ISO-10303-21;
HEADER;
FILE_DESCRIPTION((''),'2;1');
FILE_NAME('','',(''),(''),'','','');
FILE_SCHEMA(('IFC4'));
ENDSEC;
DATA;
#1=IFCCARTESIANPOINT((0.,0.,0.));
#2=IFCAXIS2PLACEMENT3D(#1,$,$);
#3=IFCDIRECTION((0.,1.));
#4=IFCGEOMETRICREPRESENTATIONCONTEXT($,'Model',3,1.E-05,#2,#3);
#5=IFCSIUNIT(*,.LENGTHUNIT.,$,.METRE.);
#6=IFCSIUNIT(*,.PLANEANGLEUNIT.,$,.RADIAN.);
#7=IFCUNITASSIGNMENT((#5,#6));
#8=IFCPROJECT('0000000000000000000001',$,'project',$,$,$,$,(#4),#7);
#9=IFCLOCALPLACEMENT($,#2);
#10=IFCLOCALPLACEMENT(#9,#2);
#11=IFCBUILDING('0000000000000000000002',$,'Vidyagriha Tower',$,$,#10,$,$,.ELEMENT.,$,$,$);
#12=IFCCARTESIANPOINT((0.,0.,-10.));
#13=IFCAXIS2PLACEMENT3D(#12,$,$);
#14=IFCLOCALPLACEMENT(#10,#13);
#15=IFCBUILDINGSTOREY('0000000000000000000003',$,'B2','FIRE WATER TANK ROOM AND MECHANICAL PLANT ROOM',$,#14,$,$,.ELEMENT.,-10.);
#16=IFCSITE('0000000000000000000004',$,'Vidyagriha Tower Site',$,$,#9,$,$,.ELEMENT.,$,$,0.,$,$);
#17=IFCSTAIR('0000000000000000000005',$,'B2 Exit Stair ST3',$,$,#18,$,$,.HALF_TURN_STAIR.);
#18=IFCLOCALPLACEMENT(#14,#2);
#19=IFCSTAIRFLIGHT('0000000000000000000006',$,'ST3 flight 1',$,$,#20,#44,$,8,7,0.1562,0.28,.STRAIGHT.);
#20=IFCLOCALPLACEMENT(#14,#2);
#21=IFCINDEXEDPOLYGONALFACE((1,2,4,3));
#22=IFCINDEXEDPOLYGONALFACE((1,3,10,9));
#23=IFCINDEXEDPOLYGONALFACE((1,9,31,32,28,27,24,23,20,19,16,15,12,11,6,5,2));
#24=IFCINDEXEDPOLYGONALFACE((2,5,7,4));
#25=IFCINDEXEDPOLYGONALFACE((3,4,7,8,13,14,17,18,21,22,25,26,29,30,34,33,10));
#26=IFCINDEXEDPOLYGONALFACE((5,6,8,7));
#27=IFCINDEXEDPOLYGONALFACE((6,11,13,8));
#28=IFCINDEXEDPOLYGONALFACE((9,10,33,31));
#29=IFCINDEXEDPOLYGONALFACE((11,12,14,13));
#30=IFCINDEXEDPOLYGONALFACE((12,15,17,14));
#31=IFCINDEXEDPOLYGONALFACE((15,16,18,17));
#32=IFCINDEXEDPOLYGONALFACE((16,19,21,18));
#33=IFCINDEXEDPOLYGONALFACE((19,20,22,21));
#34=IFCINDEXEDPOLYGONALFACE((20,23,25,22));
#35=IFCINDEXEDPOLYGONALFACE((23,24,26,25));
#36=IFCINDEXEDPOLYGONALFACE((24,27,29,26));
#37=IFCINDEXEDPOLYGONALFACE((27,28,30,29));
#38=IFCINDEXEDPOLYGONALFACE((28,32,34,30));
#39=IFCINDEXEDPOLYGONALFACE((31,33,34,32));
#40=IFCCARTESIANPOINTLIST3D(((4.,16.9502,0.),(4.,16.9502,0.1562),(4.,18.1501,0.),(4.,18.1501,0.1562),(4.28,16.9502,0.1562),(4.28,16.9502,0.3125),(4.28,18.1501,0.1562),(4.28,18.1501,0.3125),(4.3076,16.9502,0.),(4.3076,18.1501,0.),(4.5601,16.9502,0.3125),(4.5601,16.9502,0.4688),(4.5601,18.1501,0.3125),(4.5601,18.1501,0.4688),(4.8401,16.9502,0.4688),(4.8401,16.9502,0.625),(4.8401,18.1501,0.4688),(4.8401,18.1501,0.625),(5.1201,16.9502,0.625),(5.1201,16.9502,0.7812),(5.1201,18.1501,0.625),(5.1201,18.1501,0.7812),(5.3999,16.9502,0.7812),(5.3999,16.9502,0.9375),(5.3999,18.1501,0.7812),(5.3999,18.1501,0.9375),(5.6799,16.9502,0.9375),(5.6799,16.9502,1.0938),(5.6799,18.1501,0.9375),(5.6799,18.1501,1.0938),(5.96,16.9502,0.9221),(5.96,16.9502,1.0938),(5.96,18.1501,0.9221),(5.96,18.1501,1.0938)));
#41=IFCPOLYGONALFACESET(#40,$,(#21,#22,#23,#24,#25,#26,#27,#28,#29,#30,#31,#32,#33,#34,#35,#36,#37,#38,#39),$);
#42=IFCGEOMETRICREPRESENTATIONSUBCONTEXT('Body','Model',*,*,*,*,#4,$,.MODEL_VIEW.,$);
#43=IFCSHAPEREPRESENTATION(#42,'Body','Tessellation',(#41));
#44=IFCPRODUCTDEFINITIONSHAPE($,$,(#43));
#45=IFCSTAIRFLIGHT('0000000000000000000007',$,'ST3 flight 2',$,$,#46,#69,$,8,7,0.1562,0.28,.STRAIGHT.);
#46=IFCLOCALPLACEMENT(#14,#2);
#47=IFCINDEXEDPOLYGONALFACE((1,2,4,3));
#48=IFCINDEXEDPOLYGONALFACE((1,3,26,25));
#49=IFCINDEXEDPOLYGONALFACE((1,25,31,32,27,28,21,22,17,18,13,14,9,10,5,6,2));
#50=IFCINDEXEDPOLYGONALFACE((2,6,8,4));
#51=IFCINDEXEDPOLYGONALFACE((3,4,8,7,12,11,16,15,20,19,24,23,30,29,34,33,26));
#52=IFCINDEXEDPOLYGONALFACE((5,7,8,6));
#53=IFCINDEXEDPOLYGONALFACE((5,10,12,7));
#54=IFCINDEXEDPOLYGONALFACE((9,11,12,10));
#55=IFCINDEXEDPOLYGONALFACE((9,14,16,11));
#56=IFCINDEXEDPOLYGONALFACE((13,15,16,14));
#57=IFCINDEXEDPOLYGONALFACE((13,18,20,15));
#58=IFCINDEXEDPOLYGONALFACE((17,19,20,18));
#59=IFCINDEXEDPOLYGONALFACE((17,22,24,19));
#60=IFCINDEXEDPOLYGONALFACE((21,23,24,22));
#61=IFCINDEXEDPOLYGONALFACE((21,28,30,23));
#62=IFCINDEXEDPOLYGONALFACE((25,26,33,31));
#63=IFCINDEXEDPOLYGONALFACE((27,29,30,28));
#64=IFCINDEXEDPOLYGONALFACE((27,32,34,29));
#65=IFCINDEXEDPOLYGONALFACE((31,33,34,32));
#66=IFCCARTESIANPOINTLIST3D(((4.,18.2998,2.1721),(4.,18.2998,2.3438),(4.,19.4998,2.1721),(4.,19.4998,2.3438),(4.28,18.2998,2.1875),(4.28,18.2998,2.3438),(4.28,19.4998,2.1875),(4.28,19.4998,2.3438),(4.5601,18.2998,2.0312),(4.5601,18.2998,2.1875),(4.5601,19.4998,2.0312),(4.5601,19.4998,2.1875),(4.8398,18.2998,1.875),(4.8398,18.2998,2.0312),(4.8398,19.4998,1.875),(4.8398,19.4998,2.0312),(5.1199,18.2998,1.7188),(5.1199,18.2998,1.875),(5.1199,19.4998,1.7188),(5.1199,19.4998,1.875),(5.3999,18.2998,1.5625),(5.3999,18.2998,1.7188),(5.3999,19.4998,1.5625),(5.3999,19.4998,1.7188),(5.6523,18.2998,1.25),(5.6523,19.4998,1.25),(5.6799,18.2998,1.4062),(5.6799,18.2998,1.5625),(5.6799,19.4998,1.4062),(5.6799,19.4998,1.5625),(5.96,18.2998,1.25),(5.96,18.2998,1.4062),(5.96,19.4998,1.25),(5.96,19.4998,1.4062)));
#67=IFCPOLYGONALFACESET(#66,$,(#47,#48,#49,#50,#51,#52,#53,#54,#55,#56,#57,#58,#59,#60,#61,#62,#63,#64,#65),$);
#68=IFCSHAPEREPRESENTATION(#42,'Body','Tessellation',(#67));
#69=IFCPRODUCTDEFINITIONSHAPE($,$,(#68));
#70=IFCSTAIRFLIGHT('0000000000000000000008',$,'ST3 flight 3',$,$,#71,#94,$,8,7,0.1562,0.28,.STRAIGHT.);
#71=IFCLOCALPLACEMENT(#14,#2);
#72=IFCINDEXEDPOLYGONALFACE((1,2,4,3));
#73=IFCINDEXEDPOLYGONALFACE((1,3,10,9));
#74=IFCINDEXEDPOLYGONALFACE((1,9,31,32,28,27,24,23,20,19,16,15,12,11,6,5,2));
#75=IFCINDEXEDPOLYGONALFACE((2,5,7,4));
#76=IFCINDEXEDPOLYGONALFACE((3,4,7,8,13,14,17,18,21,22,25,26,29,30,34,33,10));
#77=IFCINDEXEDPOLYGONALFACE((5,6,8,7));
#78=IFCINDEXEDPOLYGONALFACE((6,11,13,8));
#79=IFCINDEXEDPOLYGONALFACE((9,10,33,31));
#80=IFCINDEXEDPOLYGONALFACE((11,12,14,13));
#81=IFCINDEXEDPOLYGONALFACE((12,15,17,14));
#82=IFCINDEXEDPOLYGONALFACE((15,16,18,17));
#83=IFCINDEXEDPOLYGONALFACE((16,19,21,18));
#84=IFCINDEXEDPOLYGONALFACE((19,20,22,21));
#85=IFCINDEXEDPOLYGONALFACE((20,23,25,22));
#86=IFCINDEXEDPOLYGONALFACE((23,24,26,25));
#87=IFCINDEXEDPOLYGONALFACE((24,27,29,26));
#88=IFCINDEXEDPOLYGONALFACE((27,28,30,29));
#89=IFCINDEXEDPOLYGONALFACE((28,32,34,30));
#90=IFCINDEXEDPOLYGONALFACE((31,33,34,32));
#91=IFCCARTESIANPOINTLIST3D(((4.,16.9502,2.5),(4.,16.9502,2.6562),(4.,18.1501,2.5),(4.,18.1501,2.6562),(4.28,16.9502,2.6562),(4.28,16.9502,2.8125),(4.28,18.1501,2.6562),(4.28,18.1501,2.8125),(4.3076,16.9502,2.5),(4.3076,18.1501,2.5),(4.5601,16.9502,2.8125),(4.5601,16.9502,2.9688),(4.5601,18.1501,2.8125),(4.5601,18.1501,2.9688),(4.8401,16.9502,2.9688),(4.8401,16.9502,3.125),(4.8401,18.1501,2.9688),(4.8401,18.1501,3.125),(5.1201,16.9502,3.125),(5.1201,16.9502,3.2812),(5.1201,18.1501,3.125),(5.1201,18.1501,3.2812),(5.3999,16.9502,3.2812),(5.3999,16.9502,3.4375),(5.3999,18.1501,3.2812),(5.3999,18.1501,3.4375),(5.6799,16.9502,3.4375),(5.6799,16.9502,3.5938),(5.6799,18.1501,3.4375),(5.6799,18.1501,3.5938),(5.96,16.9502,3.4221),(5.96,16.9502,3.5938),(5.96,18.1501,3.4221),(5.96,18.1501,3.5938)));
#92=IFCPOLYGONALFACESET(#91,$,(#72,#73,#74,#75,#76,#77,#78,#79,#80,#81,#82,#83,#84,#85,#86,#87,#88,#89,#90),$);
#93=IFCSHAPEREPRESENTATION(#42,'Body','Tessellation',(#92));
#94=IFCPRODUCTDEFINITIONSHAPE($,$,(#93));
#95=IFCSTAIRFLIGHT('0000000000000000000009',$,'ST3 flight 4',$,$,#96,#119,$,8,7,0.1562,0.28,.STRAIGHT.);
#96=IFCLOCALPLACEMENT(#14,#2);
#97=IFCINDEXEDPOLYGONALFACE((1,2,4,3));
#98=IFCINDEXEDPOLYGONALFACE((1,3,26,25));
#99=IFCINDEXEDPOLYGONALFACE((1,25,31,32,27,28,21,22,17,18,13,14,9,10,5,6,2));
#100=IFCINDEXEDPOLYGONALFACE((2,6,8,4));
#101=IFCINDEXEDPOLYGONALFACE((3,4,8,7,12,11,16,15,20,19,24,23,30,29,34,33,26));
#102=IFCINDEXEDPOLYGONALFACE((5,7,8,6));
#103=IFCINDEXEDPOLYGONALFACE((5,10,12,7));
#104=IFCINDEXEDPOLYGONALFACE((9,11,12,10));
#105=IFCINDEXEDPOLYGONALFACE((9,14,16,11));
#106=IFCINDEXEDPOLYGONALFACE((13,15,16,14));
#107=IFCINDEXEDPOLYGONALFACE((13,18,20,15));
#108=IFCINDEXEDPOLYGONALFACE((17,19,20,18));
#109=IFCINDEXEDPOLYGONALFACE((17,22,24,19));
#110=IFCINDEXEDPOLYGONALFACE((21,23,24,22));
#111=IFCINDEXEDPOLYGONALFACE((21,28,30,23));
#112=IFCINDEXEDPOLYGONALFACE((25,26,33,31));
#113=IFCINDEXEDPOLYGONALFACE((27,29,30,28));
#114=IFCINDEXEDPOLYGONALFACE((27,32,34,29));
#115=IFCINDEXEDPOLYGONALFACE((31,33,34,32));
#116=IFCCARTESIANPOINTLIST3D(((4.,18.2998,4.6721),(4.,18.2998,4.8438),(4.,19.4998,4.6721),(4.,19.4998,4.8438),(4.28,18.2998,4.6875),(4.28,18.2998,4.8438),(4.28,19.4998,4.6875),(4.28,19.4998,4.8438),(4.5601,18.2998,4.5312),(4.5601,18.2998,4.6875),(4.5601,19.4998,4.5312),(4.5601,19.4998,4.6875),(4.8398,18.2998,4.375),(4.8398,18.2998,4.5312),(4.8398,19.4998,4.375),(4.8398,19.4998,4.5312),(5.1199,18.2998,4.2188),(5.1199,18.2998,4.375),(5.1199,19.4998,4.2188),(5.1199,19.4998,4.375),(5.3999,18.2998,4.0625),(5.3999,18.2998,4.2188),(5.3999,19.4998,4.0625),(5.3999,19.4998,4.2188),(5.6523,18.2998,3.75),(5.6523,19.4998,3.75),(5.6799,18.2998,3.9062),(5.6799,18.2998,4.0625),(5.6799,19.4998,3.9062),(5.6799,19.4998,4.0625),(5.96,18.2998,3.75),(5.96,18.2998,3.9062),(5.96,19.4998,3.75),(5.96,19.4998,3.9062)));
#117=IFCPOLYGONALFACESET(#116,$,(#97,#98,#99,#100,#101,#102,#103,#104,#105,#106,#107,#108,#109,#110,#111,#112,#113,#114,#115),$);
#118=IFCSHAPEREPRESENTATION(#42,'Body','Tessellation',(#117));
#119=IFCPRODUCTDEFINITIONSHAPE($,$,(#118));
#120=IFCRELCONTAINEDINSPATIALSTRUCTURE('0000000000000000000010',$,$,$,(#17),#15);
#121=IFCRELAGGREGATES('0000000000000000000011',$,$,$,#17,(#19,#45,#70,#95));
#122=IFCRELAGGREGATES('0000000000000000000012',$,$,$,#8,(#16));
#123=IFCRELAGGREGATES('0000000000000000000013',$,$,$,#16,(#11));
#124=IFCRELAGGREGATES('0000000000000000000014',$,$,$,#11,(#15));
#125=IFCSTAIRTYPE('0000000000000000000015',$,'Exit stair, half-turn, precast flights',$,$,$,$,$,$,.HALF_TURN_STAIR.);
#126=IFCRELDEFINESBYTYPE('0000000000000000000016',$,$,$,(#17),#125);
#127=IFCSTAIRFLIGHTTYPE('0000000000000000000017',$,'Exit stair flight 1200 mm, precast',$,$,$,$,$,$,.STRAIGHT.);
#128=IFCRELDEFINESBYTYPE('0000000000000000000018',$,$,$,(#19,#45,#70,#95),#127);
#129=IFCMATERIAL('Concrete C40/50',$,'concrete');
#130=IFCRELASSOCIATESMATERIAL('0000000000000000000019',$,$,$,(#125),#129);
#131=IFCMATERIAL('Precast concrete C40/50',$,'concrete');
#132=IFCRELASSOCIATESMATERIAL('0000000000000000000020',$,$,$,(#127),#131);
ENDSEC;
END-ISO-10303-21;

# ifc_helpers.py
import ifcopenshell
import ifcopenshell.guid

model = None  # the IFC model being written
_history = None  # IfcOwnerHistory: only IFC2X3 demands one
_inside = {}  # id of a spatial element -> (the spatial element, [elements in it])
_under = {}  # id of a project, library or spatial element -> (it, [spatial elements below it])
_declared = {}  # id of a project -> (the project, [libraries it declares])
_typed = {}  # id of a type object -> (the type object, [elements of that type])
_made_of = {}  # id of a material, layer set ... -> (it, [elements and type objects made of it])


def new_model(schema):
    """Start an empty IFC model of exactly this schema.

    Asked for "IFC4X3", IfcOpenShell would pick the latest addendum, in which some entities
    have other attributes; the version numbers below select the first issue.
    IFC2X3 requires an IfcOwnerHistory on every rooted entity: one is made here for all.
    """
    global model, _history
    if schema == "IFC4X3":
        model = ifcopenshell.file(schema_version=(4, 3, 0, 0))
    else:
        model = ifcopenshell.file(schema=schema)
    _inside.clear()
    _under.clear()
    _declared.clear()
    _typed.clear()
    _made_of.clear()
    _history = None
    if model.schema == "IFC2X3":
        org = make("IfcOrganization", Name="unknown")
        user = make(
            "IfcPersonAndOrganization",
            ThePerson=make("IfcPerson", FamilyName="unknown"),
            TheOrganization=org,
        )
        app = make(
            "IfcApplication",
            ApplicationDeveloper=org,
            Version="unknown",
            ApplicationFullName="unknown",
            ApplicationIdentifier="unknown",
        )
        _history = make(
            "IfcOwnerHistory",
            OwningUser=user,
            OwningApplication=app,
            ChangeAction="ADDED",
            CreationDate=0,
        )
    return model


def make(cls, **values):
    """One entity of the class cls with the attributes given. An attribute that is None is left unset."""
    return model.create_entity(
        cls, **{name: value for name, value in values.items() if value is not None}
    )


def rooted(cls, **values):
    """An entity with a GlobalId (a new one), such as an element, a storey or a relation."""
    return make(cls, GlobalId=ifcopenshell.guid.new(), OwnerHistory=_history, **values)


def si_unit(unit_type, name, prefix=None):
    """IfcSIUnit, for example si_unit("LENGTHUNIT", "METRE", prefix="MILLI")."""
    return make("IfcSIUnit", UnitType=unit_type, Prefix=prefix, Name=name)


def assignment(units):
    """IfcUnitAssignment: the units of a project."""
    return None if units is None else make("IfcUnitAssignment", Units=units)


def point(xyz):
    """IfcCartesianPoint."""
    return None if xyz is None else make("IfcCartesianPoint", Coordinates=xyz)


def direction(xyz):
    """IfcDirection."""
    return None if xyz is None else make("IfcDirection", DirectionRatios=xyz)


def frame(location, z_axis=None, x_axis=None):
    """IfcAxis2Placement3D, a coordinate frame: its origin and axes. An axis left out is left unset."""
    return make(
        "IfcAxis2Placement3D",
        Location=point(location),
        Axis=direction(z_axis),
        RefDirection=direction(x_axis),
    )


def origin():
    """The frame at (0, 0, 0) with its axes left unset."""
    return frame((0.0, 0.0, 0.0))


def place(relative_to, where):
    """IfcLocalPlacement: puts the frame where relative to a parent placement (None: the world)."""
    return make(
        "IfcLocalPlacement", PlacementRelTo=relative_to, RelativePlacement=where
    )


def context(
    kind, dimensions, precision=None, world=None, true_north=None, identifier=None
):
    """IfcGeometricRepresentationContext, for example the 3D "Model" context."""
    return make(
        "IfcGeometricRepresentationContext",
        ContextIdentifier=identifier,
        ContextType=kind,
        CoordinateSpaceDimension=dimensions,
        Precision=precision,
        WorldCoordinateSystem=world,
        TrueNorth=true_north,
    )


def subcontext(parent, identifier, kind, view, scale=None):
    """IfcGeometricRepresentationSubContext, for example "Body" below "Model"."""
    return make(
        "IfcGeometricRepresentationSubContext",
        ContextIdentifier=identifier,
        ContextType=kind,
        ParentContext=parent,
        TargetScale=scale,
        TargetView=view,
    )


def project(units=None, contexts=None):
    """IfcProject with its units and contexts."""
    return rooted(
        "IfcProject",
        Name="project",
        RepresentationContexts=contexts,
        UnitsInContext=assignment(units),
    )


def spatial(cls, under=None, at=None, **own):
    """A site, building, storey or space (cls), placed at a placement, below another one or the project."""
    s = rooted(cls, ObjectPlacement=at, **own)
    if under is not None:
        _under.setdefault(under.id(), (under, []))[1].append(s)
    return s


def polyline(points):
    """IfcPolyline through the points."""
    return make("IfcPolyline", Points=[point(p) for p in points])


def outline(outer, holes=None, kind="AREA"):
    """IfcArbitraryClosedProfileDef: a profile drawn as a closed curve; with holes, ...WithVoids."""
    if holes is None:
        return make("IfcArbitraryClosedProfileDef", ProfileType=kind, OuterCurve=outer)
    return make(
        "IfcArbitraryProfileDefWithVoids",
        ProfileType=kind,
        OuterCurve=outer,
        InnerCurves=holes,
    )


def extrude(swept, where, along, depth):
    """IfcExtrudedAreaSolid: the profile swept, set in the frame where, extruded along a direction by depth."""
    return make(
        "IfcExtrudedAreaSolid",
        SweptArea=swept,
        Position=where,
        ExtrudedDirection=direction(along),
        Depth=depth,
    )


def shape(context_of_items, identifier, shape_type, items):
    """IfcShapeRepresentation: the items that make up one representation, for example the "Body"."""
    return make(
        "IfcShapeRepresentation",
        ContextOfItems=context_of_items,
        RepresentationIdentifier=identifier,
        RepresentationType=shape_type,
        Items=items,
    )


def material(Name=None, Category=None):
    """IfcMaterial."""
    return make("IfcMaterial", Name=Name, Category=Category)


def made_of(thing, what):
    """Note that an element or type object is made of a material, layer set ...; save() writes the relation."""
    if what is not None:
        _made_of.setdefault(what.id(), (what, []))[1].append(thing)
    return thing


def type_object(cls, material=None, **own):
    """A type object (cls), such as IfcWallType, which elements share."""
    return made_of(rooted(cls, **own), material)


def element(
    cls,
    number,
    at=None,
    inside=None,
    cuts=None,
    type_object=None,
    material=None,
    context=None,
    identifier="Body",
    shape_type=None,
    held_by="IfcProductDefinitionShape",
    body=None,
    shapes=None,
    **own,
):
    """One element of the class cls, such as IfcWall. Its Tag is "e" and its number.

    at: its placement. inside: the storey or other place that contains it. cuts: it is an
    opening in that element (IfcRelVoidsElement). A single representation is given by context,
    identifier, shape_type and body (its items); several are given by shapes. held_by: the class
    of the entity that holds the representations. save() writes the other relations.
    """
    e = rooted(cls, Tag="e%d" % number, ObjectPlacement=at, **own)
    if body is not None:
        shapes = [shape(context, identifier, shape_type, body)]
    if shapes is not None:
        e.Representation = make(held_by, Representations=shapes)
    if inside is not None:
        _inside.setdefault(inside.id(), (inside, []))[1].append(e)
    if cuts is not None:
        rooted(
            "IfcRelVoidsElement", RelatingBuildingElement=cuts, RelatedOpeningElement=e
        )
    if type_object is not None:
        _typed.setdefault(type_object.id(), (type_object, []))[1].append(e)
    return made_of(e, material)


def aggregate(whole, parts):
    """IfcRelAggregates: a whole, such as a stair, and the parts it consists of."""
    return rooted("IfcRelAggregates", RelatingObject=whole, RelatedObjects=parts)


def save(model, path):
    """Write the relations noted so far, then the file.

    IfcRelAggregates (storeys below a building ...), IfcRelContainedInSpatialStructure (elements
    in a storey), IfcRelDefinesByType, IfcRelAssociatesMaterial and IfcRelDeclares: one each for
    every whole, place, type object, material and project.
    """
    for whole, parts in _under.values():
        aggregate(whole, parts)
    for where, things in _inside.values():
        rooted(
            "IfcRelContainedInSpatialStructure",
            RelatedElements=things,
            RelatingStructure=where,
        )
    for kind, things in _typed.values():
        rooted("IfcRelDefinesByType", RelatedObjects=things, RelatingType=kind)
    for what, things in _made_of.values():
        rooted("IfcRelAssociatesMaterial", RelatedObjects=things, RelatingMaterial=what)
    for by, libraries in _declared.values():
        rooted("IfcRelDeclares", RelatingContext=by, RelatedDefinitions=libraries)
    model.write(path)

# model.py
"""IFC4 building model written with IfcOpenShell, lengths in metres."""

from ifc_helpers import new_model, si_unit, direction, frame, origin, place, context, subcontext, project, spatial, polyline, outline, extrude, material, type_object, element, aggregate, save


model = new_model("IFC4")

# Units and contexts
model_context = context("Model", 3, precision=1e-05, world=origin(), true_north=direction((0.0, 1.0)))
body_context = subcontext(model_context, "Body", "Model", "MODEL_VIEW")
ifc_project = project(units=[si_unit("LENGTHUNIT", "METRE"), si_unit("PLANEANGLEUNIT", "RADIAN")], contexts=[model_context])

# Site, building, storey
site_placement = place(None, origin())
site = spatial("IfcSite", under=ifc_project, at=site_placement, Name="Vidyagriha Tower Site", CompositionType="ELEMENT", RefElevation=0.0)
building_placement = place(site_placement, origin())
building = spatial("IfcBuilding", under=site, at=building_placement, Name="Vidyagriha Tower", CompositionType="ELEMENT")
storey_placement = place(building_placement, frame((0.0, 0.0, -10.0)))
storey = spatial("IfcBuildingStorey", under=building, at=storey_placement, Name="B2", Description="FIRE WATER TANK ROOM AND MECHANICAL PLANT ROOM", CompositionType="ELEMENT", Elevation=-10.0)

# Stair, stair flights
ifc_material_1 = material(Name="Concrete C40/50", Category="concrete")
stair_type = type_object("IfcStairType", Name="Exit stair, half-turn, precast flights", PredefinedType="HALF_TURN_STAIR", material=ifc_material_1)
stair_placement = place(storey_placement, origin())
stair = element("IfcStair", 1, at=stair_placement, inside=storey, type_object=stair_type, Name="B2 Exit Stair ST3", PredefinedType="HALF_TURN_STAIR")
ifc_material_2 = material(Name="Precast concrete C40/50", Category="concrete")
stair_flight_type = type_object("IfcStairFlightType", Name="Exit stair flight 1200 mm, precast", PredefinedType="STRAIGHT", material=ifc_material_2)
stair_flight_1_placement = place(storey_placement, frame((4.0, 17.55, 0.0)))
stair_flight_1 = element("IfcStairFlight", 2, at=stair_flight_1_placement, type_object=stair_flight_type, Name="ST3 flight 1", NumberOfRisers=8, NumberOfTreads=7, PredefinedType="STRAIGHT", RiserHeight=0.1562, TreadLength=0.28, context=body_context, shape_type="SweptSolid", body=[
    extrude(outline(polyline([(0.0, 0.0), (0.0, 0.1562), (0.28, 0.1562), (0.28, 0.3125), (0.5601, 0.3125), (0.5601, 0.4688), (0.8401, 0.4688), (0.8401, 0.625), (1.1201, 0.625), (1.1201, 0.7812), (1.3999, 0.7812), (1.3999, 0.9375), (1.6799, 0.9375), (1.6799, 1.0938), (1.96, 1.0938), (1.96, 1.25), (1.96, 0.9221), (0.3076, 0.0), (0.0, 0.0)])), frame((0.0, 0.6001, 0.0), z_axis=(0.0, -1.0, 0.0), x_axis=(1.0, 0.0, 0.0)), (0.0, 0.0, 1.0), 1.2),
])
stair_flight_2_placement = place(storey_placement, frame((5.96, 18.8999, 1.25), z_axis=(0.0, 0.0, 1.0), x_axis=(-1.0, 0.0, 0.0)))
stair_flight_2 = element("IfcStairFlight", 3, at=stair_flight_2_placement, type_object=stair_flight_type, Name="ST3 flight 2", NumberOfRisers=8, NumberOfTreads=7, PredefinedType="STRAIGHT", RiserHeight=0.1562, TreadLength=0.28, context=body_context, shape_type="SweptSolid", body=[
    extrude(outline(polyline([(0.0, 0.0), (0.0, 0.1562), (0.28, 0.1562), (0.28, 0.3125), (0.5601, 0.3125), (0.5601, 0.4688), (0.8401, 0.4688), (0.8401, 0.625), (1.1201, 0.625), (1.1201, 0.7812), (1.3999, 0.7812), (1.3999, 0.9375), (1.6799, 0.9375), (1.6799, 1.0938), (1.96, 1.0938), (1.96, 1.25), (1.96, 0.9221), (0.3076, 0.0), (0.0, 0.0)])), frame((0.0, 0.6001, 0.0), z_axis=(0.0, -1.0, 0.0), x_axis=(1.0, 0.0, 0.0)), (0.0, 0.0, 1.0), 1.2),
])
stair_flight_3_placement = place(storey_placement, frame((4.0, 17.55, 2.5)))
stair_flight_3 = element("IfcStairFlight", 4, at=stair_flight_3_placement, type_object=stair_flight_type, Name="ST3 flight 3", NumberOfRisers=8, NumberOfTreads=7, PredefinedType="STRAIGHT", RiserHeight=0.1562, TreadLength=0.28, context=body_context, shape_type="SweptSolid", body=[
    extrude(outline(polyline([(0.0, 0.0), (0.0, 0.1562), (0.28, 0.1562), (0.28, 0.3125), (0.5601, 0.3125), (0.5601, 0.4688), (0.8401, 0.4688), (0.8401, 0.625), (1.1201, 0.625), (1.1201, 0.7812), (1.3999, 0.7812), (1.3999, 0.9375), (1.6799, 0.9375), (1.6799, 1.0938), (1.96, 1.0938), (1.96, 1.25), (1.96, 0.9221), (0.3076, 0.0), (0.0, 0.0)])), frame((0.0, 0.6001, 0.0), z_axis=(0.0, -1.0, 0.0), x_axis=(1.0, 0.0, 0.0)), (0.0, 0.0, 1.0), 1.2),
])
stair_flight_4_placement = place(storey_placement, frame((5.96, 18.8999, 3.75), z_axis=(0.0, 0.0, 1.0), x_axis=(-1.0, 0.0, 0.0)))
stair_flight_4 = element("IfcStairFlight", 5, at=stair_flight_4_placement, type_object=stair_flight_type, Name="ST3 flight 4", NumberOfRisers=8, NumberOfTreads=7, PredefinedType="STRAIGHT", RiserHeight=0.1562, TreadLength=0.28, context=body_context, shape_type="SweptSolid", body=[
    extrude(outline(polyline([(0.0, 0.0), (0.0, 0.1562), (0.28, 0.1562), (0.28, 0.3125), (0.5601, 0.3125), (0.5601, 0.4688), (0.8401, 0.4688), (0.8401, 0.625), (1.1201, 0.625), (1.1201, 0.7812), (1.3999, 0.7812), (1.3999, 0.9375), (1.6799, 0.9375), (1.6799, 1.0938), (1.96, 1.0938), (1.96, 1.25), (1.96, 0.9221), (0.3076, 0.0), (0.0, 0.0)])), frame((0.0, 0.6001, 0.0), z_axis=(0.0, -1.0, 0.0), x_axis=(1.0, 0.0, 0.0)), (0.0, 0.0, 1.0), 1.2),
])
aggregate(stair, [stair_flight_1, stair_flight_2, stair_flight_3, stair_flight_4])

save(model, "model.ifc")
